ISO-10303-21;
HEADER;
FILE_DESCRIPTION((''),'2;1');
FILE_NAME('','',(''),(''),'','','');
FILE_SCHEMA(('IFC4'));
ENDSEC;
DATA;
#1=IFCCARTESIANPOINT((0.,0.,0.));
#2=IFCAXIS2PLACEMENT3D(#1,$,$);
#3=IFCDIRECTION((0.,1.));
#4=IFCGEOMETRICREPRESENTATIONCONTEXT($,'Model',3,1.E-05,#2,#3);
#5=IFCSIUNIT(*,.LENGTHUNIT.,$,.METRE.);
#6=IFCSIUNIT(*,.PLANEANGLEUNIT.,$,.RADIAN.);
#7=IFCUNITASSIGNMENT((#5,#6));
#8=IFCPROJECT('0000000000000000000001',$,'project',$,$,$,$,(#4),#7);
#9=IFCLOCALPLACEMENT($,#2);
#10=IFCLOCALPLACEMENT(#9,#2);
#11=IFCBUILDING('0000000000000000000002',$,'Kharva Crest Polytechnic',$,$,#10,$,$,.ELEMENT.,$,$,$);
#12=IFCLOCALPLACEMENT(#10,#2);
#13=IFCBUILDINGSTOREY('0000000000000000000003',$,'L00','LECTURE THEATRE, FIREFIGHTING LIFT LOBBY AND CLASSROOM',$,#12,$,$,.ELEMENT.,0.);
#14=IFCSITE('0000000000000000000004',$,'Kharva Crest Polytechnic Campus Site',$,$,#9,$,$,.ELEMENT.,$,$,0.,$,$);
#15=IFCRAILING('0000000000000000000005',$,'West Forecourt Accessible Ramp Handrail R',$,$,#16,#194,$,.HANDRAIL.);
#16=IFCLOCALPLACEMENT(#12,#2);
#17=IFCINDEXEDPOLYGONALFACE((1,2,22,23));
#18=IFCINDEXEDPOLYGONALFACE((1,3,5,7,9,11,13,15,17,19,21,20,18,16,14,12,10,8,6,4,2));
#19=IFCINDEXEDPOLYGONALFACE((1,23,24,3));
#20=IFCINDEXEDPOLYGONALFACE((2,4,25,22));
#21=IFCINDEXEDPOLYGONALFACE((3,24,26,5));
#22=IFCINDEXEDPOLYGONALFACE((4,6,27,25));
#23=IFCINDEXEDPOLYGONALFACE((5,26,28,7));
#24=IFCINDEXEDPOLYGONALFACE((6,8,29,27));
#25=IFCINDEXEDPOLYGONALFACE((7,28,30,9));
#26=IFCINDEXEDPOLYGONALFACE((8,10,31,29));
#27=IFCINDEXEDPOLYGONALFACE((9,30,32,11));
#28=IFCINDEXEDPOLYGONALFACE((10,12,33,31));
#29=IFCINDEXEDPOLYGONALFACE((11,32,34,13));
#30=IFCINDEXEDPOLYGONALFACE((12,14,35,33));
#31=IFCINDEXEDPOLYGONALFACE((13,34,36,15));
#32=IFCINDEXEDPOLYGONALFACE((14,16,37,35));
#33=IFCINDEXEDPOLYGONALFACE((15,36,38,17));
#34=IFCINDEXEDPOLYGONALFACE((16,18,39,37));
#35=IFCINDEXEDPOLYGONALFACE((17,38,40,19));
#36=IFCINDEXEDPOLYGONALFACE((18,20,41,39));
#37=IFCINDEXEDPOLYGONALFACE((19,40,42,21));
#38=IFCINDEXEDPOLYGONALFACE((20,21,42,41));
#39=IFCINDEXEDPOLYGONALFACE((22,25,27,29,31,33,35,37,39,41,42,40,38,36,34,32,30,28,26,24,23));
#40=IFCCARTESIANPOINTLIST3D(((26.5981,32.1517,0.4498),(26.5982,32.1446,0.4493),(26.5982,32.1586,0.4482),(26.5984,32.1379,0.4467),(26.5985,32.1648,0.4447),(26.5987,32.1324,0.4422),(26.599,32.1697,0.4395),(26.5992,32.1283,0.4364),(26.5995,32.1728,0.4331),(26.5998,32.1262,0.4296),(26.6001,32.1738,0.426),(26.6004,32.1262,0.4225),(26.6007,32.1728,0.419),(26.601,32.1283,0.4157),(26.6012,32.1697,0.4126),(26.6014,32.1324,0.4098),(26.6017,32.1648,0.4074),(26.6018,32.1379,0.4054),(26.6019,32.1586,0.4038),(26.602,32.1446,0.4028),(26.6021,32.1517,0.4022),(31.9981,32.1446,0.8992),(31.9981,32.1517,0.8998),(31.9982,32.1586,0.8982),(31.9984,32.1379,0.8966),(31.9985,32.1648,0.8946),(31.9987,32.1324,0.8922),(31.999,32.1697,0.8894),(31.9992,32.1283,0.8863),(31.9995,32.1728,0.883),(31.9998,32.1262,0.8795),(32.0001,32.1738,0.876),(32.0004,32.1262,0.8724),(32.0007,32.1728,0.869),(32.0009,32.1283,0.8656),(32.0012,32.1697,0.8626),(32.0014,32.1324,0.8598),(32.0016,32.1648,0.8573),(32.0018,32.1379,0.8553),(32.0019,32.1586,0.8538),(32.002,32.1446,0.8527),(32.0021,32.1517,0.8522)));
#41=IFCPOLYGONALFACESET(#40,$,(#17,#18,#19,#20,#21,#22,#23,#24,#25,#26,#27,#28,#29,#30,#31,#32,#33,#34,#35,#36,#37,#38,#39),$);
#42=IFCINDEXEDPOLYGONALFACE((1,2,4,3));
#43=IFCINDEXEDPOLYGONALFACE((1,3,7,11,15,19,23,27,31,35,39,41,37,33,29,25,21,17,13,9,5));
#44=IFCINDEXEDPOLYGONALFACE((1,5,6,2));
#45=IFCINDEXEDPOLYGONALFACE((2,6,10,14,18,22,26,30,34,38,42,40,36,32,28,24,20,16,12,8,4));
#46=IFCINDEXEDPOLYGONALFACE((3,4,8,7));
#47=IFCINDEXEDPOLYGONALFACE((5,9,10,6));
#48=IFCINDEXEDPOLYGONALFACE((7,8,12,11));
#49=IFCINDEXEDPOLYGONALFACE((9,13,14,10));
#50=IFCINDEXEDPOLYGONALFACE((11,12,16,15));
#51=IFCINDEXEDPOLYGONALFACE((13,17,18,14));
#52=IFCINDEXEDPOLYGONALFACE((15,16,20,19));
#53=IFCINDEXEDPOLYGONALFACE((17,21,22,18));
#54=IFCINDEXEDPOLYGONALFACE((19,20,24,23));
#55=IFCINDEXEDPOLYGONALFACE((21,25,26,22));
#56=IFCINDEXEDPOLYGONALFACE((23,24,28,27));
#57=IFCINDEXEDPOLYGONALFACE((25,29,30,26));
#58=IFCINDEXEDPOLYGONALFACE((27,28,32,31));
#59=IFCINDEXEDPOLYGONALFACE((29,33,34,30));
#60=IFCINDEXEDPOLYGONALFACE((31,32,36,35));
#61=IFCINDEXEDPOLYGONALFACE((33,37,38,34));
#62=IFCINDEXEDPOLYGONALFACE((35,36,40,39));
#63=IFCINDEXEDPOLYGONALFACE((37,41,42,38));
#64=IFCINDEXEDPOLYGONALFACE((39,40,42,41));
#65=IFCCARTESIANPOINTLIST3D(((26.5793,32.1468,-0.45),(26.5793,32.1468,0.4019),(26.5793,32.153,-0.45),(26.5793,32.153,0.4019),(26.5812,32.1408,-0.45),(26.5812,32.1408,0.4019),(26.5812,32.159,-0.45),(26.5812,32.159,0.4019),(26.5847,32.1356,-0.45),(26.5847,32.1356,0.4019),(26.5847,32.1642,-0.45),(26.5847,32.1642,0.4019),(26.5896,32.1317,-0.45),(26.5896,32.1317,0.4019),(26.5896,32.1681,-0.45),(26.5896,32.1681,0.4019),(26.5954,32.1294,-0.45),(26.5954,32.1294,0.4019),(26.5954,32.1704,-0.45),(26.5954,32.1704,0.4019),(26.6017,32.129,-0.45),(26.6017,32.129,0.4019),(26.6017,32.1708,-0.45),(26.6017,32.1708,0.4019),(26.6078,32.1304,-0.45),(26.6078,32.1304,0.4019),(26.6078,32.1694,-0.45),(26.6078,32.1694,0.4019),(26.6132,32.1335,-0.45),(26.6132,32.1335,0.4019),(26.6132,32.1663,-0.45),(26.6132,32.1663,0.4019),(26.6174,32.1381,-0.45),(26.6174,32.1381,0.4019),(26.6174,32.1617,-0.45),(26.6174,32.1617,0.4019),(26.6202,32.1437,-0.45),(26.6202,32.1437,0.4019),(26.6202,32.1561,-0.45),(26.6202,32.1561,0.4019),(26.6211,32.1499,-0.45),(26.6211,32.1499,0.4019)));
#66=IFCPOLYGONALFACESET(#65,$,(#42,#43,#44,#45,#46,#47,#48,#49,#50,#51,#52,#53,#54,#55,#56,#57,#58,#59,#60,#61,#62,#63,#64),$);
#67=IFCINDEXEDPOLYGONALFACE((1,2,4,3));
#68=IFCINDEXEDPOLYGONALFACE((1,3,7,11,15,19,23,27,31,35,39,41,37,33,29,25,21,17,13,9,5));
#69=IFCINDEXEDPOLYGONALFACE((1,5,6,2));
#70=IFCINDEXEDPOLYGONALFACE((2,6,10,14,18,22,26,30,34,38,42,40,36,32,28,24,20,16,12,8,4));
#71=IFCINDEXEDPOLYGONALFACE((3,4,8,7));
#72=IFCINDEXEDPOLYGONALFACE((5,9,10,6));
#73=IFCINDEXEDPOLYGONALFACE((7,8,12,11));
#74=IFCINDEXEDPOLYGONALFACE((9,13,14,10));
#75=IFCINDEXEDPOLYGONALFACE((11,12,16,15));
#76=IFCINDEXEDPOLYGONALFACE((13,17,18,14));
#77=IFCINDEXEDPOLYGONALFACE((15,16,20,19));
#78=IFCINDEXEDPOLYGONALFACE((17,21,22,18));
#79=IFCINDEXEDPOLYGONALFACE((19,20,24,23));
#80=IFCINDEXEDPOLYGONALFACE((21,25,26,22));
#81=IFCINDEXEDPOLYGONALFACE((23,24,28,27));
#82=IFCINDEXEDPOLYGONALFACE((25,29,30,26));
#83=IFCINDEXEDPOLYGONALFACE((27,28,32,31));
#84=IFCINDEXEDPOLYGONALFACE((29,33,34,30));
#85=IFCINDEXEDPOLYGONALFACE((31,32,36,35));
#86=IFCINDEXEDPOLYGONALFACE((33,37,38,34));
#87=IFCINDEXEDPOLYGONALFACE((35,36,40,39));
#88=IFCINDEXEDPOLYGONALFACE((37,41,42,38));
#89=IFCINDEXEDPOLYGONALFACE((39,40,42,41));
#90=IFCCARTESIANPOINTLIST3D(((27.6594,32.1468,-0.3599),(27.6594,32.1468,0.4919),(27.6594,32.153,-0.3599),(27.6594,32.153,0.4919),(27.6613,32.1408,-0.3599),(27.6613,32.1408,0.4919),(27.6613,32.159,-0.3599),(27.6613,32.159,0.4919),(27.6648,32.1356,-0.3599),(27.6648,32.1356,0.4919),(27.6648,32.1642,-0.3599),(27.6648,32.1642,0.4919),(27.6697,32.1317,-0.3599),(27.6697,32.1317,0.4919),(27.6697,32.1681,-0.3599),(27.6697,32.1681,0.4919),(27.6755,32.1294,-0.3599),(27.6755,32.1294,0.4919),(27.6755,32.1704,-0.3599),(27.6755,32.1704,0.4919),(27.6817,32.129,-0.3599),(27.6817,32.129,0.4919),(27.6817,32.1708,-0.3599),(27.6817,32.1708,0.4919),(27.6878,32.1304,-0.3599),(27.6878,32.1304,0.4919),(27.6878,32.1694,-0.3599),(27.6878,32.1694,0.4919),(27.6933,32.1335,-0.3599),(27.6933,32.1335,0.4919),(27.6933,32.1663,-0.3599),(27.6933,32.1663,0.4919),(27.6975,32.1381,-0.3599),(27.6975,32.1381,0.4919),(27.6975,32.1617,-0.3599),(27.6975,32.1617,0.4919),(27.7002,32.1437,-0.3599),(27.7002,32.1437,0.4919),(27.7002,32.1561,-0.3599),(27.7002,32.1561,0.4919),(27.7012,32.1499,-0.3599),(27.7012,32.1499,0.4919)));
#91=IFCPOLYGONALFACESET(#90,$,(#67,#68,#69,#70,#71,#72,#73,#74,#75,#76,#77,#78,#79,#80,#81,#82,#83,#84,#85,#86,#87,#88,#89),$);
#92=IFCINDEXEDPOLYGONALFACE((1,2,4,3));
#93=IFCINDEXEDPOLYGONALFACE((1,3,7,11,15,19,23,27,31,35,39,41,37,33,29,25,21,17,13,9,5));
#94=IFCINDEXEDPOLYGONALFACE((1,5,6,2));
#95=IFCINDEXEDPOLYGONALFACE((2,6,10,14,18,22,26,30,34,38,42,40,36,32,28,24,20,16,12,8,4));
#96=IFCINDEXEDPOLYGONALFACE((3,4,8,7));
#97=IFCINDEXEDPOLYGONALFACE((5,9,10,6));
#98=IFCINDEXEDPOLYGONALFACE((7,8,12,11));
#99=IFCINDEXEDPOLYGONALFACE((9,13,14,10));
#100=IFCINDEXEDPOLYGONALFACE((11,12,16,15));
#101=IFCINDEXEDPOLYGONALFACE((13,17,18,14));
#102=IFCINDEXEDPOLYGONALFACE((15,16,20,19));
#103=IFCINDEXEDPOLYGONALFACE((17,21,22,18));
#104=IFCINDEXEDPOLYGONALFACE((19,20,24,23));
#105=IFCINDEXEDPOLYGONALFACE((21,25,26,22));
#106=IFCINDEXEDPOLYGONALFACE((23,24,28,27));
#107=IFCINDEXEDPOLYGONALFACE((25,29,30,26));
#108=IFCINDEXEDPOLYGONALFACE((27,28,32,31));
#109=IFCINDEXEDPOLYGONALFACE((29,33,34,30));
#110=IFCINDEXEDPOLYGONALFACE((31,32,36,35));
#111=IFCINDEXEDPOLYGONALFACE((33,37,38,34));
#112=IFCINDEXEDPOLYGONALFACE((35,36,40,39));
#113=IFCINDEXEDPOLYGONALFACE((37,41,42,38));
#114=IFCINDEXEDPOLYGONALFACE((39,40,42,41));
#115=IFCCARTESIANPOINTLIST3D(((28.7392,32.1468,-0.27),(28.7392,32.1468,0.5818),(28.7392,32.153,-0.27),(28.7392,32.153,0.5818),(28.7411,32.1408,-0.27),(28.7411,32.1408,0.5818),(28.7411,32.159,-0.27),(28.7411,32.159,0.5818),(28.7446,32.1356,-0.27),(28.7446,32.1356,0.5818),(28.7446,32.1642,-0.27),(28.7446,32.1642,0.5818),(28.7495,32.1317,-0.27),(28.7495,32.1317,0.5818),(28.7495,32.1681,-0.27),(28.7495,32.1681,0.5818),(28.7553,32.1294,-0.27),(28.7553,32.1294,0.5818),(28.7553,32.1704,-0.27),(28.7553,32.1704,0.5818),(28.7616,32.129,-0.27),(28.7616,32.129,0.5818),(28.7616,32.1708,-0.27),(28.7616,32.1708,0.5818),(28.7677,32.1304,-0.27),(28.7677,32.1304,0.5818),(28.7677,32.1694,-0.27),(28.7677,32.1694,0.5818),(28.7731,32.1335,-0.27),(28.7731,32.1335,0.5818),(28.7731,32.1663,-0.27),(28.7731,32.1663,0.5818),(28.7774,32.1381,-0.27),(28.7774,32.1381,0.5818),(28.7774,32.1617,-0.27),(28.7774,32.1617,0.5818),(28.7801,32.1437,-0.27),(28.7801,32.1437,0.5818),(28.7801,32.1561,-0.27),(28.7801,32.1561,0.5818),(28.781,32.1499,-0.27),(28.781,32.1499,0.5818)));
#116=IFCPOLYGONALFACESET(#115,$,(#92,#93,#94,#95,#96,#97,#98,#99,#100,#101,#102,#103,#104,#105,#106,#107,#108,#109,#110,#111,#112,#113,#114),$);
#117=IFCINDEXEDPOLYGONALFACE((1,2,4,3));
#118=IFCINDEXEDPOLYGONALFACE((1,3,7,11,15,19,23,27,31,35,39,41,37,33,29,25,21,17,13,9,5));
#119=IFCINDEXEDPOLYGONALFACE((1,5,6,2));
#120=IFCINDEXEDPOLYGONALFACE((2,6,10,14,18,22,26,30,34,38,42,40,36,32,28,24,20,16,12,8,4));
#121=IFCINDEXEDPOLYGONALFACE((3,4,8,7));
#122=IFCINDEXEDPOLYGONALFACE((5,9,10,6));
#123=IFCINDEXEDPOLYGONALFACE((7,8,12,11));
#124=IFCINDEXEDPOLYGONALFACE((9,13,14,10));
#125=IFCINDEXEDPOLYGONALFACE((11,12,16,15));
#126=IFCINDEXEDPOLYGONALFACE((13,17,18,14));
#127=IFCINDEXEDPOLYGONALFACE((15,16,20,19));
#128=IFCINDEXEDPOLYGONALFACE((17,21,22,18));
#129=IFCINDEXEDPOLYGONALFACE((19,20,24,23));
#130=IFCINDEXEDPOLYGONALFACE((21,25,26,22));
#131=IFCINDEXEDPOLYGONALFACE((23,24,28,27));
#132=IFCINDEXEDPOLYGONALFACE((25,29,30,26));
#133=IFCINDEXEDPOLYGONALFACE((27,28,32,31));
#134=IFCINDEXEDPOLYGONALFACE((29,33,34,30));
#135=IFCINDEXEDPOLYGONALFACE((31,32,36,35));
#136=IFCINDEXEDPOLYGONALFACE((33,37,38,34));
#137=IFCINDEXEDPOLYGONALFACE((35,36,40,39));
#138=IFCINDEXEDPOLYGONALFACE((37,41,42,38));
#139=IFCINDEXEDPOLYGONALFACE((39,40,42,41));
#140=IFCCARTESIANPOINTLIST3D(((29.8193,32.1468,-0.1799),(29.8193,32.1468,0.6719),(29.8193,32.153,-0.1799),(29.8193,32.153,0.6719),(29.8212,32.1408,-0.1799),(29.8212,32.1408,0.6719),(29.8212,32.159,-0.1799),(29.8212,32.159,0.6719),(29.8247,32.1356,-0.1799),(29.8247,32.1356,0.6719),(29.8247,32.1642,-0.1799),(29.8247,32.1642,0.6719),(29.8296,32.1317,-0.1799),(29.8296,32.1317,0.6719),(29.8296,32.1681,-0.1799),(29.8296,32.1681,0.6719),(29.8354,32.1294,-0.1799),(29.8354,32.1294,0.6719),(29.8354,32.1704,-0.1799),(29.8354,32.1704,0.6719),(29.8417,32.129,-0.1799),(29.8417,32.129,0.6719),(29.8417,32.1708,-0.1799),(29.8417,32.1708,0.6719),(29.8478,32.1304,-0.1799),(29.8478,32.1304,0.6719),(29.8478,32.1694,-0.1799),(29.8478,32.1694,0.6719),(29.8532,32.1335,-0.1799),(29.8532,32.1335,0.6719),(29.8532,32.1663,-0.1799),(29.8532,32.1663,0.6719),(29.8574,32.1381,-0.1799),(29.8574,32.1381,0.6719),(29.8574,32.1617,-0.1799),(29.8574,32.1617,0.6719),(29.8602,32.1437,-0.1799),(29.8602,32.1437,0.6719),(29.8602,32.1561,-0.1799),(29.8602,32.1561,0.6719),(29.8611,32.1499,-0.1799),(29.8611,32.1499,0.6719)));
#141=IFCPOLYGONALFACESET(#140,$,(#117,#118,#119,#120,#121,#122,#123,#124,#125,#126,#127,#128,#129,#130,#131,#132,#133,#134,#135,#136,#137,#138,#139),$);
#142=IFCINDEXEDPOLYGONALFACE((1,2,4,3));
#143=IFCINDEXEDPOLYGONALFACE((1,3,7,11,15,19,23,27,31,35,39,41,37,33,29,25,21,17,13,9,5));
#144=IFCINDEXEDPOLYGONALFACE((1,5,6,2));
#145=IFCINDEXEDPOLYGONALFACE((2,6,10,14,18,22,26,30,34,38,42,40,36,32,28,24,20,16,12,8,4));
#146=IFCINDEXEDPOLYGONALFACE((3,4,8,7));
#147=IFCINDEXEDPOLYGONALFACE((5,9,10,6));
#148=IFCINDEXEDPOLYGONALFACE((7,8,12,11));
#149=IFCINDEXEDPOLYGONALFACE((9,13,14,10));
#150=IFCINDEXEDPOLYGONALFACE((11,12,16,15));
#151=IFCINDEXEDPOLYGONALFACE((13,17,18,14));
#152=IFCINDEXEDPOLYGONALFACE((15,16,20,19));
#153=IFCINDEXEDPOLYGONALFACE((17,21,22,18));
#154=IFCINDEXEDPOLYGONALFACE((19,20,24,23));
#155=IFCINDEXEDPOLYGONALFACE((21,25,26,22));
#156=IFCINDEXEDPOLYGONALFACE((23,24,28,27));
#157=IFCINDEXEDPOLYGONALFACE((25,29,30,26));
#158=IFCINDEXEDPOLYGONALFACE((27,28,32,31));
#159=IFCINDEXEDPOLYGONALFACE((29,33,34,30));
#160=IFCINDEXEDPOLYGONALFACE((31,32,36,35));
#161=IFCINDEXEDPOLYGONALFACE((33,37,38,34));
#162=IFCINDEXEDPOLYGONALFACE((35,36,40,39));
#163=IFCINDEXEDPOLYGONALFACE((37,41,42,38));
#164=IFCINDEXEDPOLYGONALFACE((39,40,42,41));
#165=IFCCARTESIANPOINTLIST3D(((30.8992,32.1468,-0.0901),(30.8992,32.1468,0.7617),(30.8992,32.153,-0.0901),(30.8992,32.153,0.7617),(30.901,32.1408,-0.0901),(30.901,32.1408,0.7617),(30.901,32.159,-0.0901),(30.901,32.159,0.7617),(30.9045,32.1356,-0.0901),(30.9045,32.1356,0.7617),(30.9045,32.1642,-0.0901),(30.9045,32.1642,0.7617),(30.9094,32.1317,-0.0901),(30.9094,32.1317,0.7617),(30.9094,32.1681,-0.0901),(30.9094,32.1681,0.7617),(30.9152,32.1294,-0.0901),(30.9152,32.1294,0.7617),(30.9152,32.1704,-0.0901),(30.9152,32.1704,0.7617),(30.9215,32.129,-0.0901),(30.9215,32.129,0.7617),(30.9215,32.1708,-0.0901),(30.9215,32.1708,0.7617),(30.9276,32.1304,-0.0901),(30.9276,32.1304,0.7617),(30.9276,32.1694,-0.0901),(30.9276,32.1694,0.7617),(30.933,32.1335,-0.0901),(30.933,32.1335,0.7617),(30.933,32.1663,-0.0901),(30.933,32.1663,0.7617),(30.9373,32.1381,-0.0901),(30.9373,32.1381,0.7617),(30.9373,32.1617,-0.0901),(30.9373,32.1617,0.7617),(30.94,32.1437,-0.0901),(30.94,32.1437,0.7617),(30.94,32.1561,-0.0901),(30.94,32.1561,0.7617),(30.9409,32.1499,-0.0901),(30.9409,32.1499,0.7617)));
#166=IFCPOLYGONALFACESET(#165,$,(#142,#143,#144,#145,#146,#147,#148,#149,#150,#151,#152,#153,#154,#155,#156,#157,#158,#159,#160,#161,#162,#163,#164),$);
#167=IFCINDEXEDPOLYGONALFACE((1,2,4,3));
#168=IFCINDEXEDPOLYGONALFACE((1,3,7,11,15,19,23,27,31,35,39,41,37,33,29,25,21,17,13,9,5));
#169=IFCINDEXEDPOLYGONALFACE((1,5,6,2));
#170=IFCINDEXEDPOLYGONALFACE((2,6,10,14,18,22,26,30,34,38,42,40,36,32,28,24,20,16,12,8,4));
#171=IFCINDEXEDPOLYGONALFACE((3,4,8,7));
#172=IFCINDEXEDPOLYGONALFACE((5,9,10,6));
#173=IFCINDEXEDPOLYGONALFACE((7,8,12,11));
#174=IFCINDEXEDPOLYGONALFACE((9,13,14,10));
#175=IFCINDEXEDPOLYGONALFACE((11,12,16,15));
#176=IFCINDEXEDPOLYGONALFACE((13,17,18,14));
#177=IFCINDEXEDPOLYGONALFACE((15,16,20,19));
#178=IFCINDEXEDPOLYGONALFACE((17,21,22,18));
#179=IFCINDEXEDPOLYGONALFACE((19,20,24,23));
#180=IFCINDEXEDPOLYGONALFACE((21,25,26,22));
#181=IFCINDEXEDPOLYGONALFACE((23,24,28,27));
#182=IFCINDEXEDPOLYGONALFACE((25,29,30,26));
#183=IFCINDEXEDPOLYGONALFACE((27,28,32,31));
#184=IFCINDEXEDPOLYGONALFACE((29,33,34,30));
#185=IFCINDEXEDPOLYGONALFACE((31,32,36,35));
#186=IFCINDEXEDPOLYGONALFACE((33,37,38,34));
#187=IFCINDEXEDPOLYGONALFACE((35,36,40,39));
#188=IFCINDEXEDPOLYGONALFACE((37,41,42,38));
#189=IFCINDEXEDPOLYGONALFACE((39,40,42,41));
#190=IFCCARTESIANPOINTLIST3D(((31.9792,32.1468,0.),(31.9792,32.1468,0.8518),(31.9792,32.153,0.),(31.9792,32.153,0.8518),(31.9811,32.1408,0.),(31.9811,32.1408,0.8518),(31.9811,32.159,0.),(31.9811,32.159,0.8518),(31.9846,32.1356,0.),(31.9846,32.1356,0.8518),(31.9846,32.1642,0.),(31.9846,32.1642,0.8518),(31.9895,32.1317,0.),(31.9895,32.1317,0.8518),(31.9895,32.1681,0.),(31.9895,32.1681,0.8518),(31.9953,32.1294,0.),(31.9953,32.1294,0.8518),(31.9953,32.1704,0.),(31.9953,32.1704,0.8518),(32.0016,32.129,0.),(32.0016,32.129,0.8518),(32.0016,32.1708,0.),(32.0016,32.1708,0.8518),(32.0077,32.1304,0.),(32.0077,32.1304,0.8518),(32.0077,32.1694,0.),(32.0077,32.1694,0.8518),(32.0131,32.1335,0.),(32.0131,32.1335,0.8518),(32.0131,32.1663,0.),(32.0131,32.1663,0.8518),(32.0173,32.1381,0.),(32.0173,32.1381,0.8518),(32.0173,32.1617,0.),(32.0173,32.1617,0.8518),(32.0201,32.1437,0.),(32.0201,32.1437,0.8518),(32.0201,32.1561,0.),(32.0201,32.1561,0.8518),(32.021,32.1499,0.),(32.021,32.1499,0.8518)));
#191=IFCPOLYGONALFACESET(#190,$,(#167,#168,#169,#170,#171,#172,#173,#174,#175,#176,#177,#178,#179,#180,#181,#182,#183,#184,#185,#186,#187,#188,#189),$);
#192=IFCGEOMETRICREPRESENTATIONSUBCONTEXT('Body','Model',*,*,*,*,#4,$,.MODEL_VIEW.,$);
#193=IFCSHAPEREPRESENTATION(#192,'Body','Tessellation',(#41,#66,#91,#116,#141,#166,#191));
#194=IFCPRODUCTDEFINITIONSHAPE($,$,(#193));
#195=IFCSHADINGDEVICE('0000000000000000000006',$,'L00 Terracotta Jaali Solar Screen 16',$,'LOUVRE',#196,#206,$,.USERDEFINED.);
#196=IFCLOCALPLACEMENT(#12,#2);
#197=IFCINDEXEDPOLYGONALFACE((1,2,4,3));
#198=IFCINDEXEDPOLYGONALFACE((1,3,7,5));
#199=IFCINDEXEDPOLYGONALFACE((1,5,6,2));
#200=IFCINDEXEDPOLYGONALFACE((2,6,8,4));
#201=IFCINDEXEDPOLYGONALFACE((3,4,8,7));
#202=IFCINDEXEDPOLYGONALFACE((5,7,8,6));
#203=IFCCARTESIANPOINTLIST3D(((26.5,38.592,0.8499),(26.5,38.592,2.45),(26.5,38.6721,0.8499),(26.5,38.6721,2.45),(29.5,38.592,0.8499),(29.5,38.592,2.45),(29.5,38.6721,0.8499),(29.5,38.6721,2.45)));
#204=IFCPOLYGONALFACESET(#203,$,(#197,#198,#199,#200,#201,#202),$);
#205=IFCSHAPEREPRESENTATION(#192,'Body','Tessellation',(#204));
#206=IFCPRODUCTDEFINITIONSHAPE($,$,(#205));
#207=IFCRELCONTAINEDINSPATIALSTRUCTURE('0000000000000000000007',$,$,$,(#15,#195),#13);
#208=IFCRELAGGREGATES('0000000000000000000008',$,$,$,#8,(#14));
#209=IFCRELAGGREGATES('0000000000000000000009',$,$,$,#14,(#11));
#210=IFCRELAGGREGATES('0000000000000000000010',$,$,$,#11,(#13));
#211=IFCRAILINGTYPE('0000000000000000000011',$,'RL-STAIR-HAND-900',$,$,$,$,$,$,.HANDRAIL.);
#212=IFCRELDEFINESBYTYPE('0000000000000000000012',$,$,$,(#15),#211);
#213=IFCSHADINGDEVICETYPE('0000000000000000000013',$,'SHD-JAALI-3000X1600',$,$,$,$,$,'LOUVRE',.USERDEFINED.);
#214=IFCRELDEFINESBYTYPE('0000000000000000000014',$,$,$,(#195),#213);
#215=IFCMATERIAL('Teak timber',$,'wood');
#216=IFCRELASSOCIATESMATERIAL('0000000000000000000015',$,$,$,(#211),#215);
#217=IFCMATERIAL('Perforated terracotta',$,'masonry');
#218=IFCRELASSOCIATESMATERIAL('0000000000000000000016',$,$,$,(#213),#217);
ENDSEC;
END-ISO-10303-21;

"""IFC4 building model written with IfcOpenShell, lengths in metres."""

from ifc_helpers import new_model, si_unit, direction, frame, origin, origin_2d, place, context, subcontext, project, spatial, rectangle, circle, extrude, material, type_object, element, save


model = new_model("IFC4")

# Units and contexts
model_context = context("Model", 3, precision=1e-05, world=origin(), true_north=direction((0.0, 1.0)))
body_context = subcontext(model_context, "Body", "Model", "MODEL_VIEW")
ifc_project = project(units=[si_unit("LENGTHUNIT", "METRE"), si_unit("PLANEANGLEUNIT", "RADIAN")], contexts=[model_context])

# Site, building, storey
site_placement = place(None, origin())
site = spatial("IfcSite", under=ifc_project, at=site_placement, Name="Kharva Crest Polytechnic Campus Site", CompositionType="ELEMENT", RefElevation=0.0)
building_placement = place(site_placement, origin())
building = spatial("IfcBuilding", under=site, at=building_placement, Name="Kharva Crest Polytechnic", CompositionType="ELEMENT")
storey_placement = place(building_placement, origin())
storey = spatial("IfcBuildingStorey", under=building, at=storey_placement, Name="L00", Description="LECTURE THEATRE, FIREFIGHTING LIFT LOBBY AND CLASSROOM", CompositionType="ELEMENT", Elevation=0.0)

# Railing
ifc_material_1 = material(Name="Teak timber", Category="wood")
railing_type = type_object("IfcRailingType", Name="RL-STAIR-HAND-900", PredefinedType="HANDRAIL", material=ifc_material_1)
for number, where, name in (
    (1, (26.6001, 32.1499, -0.45), "West Forecourt Accessible Ramp Handrail R"),
):
    element("IfcRailing", number, at=place(storey_placement, frame(where)), inside=storey, type_object=railing_type, Name=name, PredefinedType="HANDRAIL", context=body_context, shape_type="SweptSolid", body=[
        extrude(circle(Radius=0.0239, at=origin_2d()), frame((0.0, 0.0, 0.876), z_axis=(0.996546, 0.0, 0.083038), x_axis=(0.0, 1.0, 0.0)), (0.0, 0.0, 1.0), 5.4187),
        extrude(circle(Radius=0.021, at=origin_2d()), origin(), (0.0, 0.0, 1.0), 0.8518),
        extrude(circle(Radius=0.021, at=origin_2d()), frame((1.0801, 0.0, 0.0901)), (0.0, 0.0, 1.0), 0.8518),
        extrude(circle(Radius=0.021, at=origin_2d()), frame((2.1599, 0.0, 0.1799)), (0.0, 0.0, 1.0), 0.8518),
        extrude(circle(Radius=0.021, at=origin_2d()), frame((3.24, 0.0, 0.27)), (0.0, 0.0, 1.0), 0.8518),
        extrude(circle(Radius=0.021, at=origin_2d()), frame((4.3198, 0.0, 0.3599)), (0.0, 0.0, 1.0), 0.8518),
        extrude(circle(Radius=0.021, at=origin_2d()), frame((5.3999, 0.0, 0.45)), (0.0, 0.0, 1.0), 0.8518),
    ])

# Shading device
ifc_material_2 = material(Name="Perforated terracotta", Category="masonry")
shading_device_type = type_object("IfcShadingDeviceType", Name="SHD-JAALI-3000X1600", ElementType="LOUVRE", PredefinedType="USERDEFINED", material=ifc_material_2)
shading_device_placement = place(storey_placement, frame((28.0, 38.6321, 0.8499), z_axis=(0.0, 0.0, 1.0), x_axis=(1.0, 0.0, 0.0)))
element("IfcShadingDevice", 2, at=shading_device_placement, inside=storey, type_object=shading_device_type, Name="L00 Terracotta Jaali Solar Screen 16", ObjectType="LOUVRE", PredefinedType="USERDEFINED", context=body_context, shape_type="SweptSolid", body=[
    extrude(rectangle(XDim=3.0, YDim=0.0801, at=origin_2d()), origin(), (0.0, 0.0, 1.0), 1.6001),
])

save(model, "model.ifc")
